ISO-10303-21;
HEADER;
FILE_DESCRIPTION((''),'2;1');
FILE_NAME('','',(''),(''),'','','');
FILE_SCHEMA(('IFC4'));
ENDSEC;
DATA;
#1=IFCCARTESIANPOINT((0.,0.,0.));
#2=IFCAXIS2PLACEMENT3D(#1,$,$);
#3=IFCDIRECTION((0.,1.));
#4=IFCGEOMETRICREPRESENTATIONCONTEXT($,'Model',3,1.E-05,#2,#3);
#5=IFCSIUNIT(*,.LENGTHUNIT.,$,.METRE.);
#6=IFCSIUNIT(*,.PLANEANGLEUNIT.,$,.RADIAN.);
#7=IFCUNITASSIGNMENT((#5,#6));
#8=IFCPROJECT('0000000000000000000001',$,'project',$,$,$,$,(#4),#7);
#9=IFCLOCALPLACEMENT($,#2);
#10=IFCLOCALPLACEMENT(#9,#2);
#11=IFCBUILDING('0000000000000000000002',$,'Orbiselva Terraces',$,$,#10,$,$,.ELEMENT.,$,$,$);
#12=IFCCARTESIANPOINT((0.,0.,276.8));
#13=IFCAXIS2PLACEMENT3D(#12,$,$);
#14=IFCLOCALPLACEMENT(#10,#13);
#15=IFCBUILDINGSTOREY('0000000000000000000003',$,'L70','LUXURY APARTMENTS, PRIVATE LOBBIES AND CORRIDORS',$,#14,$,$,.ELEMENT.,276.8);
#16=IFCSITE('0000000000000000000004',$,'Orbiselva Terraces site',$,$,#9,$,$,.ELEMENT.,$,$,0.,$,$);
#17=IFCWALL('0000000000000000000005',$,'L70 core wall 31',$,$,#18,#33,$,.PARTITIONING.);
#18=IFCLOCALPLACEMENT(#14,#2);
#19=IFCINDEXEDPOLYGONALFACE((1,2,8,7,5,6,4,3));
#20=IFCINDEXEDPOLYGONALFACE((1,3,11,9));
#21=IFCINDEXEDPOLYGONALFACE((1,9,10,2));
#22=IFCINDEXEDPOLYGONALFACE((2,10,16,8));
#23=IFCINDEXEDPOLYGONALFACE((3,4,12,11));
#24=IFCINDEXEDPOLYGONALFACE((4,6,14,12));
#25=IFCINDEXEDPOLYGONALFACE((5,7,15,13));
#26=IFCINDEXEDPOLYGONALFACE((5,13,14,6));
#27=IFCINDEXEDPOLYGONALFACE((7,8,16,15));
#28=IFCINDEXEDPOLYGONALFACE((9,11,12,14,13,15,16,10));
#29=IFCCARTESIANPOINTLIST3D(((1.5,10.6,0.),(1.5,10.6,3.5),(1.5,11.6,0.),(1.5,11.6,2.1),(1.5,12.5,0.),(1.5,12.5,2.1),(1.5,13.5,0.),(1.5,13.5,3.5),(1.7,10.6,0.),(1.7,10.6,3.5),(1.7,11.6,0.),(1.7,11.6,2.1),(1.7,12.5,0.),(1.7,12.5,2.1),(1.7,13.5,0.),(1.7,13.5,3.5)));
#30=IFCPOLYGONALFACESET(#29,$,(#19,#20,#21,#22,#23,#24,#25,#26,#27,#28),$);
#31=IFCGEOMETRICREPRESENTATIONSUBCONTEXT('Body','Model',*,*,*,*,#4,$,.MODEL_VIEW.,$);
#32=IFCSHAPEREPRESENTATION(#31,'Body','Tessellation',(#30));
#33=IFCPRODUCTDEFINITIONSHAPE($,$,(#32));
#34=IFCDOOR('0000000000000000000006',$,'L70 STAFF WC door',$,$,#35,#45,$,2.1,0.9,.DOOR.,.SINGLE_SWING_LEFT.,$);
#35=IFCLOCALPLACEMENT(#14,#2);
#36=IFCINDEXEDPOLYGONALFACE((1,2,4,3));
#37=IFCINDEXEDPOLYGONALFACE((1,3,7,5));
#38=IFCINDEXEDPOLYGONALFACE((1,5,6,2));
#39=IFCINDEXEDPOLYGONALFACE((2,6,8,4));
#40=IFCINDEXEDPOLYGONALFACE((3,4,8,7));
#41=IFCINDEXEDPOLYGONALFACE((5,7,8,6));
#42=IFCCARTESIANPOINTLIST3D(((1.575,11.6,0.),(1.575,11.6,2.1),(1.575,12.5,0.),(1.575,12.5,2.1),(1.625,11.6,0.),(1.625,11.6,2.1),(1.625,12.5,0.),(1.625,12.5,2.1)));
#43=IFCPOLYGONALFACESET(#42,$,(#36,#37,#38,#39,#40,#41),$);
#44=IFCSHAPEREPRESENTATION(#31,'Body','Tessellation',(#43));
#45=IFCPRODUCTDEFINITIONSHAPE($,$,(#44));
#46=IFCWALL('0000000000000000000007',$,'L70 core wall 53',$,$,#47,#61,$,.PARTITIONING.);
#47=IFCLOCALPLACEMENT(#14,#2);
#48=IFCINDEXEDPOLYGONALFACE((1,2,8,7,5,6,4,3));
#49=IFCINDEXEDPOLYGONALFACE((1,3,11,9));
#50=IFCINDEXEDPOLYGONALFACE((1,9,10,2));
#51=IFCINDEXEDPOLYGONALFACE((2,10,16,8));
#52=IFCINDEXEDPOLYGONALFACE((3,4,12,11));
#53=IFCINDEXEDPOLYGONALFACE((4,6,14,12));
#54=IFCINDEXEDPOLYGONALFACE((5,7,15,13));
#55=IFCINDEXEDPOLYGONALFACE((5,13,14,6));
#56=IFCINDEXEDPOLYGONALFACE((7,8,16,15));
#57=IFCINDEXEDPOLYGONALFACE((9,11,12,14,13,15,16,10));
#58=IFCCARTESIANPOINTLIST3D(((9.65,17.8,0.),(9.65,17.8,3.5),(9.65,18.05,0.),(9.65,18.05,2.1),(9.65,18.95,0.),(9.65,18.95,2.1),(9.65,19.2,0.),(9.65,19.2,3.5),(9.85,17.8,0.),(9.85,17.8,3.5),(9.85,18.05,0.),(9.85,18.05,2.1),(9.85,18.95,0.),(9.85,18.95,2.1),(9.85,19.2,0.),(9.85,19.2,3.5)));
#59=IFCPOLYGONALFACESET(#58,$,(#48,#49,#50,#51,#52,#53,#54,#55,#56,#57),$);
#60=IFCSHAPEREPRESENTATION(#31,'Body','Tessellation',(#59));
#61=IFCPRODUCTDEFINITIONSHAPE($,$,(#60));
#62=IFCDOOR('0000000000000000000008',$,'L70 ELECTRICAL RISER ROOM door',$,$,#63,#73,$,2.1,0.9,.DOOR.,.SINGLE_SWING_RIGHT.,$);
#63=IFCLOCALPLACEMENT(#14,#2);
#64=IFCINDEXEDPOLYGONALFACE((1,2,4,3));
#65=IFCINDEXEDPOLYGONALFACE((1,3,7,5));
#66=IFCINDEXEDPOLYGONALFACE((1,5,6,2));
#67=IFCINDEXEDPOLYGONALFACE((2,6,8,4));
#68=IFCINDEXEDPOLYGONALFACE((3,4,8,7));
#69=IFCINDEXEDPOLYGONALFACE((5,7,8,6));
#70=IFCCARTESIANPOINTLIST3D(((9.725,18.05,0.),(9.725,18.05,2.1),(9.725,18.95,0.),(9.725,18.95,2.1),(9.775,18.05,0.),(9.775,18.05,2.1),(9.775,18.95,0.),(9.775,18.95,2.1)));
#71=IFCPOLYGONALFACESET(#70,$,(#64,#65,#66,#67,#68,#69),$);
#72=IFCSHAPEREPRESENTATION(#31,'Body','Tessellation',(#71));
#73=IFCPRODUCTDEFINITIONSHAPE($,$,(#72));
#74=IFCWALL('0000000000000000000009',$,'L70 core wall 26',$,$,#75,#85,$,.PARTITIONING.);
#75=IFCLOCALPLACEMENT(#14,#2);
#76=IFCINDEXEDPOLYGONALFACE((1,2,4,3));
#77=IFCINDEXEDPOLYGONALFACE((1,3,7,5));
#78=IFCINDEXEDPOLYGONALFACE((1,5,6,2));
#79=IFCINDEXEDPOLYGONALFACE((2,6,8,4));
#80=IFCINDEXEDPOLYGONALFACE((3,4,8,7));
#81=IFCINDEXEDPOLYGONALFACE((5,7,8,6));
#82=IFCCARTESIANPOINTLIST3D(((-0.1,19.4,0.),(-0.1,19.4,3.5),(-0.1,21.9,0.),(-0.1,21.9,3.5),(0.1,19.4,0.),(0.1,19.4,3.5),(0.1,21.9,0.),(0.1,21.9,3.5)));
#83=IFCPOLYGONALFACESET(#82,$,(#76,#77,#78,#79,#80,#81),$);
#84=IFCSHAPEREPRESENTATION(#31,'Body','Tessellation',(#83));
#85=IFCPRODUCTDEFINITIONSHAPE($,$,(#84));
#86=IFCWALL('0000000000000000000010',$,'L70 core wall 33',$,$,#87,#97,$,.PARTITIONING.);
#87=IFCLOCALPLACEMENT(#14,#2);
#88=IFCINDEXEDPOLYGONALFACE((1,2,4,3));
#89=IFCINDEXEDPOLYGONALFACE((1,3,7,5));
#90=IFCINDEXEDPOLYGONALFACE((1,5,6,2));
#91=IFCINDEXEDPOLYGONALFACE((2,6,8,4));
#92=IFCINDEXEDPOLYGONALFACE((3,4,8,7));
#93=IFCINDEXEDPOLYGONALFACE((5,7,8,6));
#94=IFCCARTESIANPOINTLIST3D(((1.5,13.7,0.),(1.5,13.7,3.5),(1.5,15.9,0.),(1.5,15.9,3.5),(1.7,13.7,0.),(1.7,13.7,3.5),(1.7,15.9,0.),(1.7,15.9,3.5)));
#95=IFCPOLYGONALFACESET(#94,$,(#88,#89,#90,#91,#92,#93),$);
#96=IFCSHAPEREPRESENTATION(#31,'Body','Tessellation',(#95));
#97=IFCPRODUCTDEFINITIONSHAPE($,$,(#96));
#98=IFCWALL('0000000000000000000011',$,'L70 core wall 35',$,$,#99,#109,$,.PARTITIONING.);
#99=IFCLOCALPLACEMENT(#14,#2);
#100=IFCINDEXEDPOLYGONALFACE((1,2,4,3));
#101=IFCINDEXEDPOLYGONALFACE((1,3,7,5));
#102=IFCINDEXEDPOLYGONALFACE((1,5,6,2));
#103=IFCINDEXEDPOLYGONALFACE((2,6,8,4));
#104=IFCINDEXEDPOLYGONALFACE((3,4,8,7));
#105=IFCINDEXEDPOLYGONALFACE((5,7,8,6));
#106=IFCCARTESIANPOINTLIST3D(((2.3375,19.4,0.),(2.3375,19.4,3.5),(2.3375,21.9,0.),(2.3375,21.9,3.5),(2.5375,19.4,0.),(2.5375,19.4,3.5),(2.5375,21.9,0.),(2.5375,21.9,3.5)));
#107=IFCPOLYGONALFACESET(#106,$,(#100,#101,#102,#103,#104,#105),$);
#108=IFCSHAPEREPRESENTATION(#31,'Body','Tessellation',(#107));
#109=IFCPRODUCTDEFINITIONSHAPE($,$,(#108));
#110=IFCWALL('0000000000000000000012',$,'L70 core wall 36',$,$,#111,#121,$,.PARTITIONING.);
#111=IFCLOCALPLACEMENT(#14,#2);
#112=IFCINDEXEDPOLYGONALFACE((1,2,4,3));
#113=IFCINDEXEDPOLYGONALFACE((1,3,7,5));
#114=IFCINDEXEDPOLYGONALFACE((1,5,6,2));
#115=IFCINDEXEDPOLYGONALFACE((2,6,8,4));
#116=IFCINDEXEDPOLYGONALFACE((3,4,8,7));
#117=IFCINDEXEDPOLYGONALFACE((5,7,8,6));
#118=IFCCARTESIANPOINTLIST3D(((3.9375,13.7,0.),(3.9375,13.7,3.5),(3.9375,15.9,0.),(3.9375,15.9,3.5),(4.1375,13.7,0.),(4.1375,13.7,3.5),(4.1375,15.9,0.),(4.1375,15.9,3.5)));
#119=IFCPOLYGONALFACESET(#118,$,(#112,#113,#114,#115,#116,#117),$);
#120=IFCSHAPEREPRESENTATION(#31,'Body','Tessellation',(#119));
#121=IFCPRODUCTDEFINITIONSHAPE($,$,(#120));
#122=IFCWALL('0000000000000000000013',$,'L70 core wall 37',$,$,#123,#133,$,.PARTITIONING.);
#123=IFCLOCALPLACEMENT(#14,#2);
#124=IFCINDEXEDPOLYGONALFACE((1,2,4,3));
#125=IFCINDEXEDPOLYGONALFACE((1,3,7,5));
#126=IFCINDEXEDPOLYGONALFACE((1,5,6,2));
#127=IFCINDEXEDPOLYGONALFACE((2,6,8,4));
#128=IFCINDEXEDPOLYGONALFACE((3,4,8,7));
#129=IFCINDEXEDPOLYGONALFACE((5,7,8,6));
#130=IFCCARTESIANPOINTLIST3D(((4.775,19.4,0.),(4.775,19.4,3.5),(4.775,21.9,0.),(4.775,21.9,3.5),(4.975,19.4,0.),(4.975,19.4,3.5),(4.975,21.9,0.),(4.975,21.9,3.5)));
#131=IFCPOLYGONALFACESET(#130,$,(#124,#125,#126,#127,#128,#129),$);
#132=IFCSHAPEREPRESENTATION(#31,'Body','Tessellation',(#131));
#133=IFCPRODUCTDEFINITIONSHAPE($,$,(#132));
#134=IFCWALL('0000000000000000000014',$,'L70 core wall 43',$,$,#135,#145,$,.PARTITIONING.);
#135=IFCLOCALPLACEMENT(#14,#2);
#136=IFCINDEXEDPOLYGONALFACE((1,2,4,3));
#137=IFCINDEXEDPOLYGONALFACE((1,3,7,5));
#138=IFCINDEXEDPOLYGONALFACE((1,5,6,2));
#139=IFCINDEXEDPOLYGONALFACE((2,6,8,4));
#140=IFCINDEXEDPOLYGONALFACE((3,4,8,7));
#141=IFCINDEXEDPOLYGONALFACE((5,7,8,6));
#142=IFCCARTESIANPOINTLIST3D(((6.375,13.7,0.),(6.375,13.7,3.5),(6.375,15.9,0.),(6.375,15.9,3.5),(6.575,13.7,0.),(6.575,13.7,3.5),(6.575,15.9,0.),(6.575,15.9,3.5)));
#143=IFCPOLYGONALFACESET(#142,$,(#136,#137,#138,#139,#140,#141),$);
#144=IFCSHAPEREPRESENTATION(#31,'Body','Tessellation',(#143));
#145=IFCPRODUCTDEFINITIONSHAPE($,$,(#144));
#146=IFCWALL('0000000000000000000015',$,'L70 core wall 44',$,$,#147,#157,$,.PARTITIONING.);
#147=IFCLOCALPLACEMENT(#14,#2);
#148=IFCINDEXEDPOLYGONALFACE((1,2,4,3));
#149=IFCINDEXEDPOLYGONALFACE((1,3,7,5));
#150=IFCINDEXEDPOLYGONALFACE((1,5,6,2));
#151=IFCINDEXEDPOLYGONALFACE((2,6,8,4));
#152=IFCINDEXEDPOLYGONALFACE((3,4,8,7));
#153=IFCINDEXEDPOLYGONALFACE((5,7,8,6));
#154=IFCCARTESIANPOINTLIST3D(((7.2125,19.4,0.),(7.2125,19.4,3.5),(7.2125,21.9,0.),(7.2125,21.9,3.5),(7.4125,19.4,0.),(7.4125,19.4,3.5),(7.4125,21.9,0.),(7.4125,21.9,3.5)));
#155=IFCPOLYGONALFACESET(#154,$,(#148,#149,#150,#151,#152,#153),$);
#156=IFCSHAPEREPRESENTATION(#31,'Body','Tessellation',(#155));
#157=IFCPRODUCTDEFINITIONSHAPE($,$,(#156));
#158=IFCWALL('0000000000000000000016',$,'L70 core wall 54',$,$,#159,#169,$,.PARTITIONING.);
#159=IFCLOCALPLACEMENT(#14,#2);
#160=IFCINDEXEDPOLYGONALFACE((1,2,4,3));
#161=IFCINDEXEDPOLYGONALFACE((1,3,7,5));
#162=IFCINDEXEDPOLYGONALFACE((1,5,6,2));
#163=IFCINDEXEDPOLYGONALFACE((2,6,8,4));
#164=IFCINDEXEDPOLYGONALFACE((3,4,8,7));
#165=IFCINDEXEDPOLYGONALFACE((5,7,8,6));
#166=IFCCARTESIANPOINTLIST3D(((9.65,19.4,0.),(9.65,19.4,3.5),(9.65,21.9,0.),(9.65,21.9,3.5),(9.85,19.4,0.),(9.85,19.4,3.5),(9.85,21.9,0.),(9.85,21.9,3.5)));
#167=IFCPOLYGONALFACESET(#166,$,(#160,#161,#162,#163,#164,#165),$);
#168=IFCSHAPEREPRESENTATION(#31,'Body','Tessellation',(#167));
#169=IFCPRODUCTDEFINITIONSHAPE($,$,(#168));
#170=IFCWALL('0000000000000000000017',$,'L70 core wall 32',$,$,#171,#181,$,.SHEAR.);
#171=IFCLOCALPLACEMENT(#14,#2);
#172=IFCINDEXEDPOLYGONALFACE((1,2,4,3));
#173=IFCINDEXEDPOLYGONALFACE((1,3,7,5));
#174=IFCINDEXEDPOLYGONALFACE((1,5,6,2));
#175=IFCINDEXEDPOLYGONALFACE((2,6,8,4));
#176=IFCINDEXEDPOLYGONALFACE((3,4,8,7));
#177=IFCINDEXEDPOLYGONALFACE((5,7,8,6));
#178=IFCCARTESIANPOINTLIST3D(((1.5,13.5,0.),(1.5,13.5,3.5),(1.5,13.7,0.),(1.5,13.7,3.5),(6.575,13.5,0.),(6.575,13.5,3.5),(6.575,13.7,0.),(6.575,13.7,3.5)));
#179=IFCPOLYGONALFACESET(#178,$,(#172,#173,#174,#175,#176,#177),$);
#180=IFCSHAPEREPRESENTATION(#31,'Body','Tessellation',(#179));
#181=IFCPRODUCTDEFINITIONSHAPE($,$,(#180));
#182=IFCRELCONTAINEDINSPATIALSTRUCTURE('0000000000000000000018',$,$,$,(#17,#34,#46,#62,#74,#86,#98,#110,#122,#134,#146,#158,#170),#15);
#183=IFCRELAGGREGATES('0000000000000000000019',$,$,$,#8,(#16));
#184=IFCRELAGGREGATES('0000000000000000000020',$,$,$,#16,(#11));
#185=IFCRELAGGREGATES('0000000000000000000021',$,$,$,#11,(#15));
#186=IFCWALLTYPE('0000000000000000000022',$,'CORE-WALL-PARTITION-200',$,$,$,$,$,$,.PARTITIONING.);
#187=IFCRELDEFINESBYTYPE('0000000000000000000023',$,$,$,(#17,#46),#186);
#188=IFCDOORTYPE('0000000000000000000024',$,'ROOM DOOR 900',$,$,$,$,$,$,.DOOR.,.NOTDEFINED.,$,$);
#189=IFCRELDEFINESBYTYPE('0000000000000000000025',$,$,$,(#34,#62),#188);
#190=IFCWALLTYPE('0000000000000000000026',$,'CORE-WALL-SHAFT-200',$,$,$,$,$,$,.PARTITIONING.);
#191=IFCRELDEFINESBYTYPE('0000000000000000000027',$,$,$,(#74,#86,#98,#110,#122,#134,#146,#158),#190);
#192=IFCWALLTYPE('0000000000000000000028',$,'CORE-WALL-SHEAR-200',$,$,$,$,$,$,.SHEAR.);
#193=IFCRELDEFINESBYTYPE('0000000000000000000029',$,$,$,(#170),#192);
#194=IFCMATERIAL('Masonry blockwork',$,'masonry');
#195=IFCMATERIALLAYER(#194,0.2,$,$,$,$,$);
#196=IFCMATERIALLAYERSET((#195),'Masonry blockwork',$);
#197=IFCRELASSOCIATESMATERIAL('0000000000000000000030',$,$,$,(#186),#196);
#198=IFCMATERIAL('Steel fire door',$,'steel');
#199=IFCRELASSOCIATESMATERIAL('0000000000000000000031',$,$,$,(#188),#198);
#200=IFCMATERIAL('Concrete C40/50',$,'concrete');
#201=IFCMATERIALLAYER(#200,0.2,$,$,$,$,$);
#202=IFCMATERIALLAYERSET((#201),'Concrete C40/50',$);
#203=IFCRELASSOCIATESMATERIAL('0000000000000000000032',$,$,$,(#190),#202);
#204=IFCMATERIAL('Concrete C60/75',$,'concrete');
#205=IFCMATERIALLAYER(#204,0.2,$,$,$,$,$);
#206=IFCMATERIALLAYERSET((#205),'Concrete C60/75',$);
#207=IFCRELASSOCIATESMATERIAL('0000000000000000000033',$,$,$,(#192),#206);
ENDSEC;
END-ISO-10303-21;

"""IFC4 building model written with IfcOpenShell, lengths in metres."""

from ifc_helpers import new_model, si_unit, direction, frame, frame_2d, origin, place, context, subcontext, project, spatial, rectangle, extrude, material, layer, layer_set, type_object, element, fill, save


model = new_model("IFC4")

# Units and contexts
model_context = context("Model", 3, precision=1e-05, world=origin(), true_north=direction((0.0, 1.0)))
body_context = subcontext(model_context, "Body", "Model", "MODEL_VIEW")
ifc_project = project(units=[si_unit("LENGTHUNIT", "METRE"), si_unit("PLANEANGLEUNIT", "RADIAN")], contexts=[model_context])

# Site, building, storey
site_placement = place(None, origin())
site = spatial("IfcSite", under=ifc_project, at=site_placement, Name="Orbiselva Terraces site", CompositionType="ELEMENT", RefElevation=0.0)
building_placement = place(site_placement, origin())
building = spatial("IfcBuilding", under=site, at=building_placement, Name="Orbiselva Terraces", CompositionType="ELEMENT")
storey_placement = place(building_placement, frame((0.0, 0.0, 276.8)))
storey = spatial("IfcBuildingStorey", under=building, at=storey_placement, Name="L70", Description="LUXURY APARTMENTS, PRIVATE LOBBIES AND CORRIDORS", CompositionType="ELEMENT", Elevation=276.8)

# Walls, openings, doors
ifc_material_1 = material(Name="Masonry blockwork", Category="masonry")
ifc_layer_1 = layer(ifc_material_1, 0.2)
ifc_layer_set_1 = layer_set([ifc_layer_1], Name="Masonry blockwork")
wall_type_1 = type_object("IfcWallType", Name="CORE-WALL-PARTITION-200", PredefinedType="PARTITIONING", material=ifc_layer_set_1)
wall_1_placement = place(storey_placement, frame((1.6, 13.5, 0.0), z_axis=(0.0, 0.0, 1.0), x_axis=(0.0, -1.0, 0.0)))
wall_1 = element("IfcWall", 1, at=wall_1_placement, inside=storey, type_object=wall_type_1, Name="L70 core wall 31", PredefinedType="PARTITIONING", context=body_context, shape_type="SweptSolid", body=[
    extrude(rectangle(XDim=2.9, YDim=0.2, at=frame_2d((1.45, 0.0))), origin(), (0.0, 0.0, 1.0), 3.5),
])
opening_1_placement = place(wall_1_placement, frame((1.0, 0.0, 0.0)))
opening_1 = element("IfcOpeningElement", 2, at=opening_1_placement, cuts=wall_1, PredefinedType="OPENING", context=body_context, shape_type="SweptSolid", body=[
    extrude(rectangle(XDim=0.9, YDim=2.1, at=frame_2d((0.45, 1.05))), frame((0.0, 0.11, 0.0), z_axis=(0.0, -1.0, 0.0), x_axis=(1.0, 0.0, 0.0)), (0.0, 0.0, 1.0), 0.22),
])
ifc_material_2 = material(Name="Steel fire door", Category="steel")
door_type_1 = type_object("IfcDoorType", Name="ROOM DOOR 900", OperationType="NOTDEFINED", PredefinedType="DOOR", material=ifc_material_2)
door_1_placement = place(opening_1_placement, origin())
door_1 = element("IfcDoor", 3, at=door_1_placement, inside=storey, type_object=door_type_1, Name="L70 STAFF WC door", OperationType="SINGLE_SWING_LEFT", OverallHeight=2.1, OverallWidth=0.9, PredefinedType="DOOR", context=body_context, shape_type="SweptSolid", body=[
    extrude(rectangle(XDim=0.9, YDim=2.1, at=frame_2d((0.45, 1.05))), frame((0.0, 0.025, 0.0), z_axis=(0.0, -1.0, 0.0), x_axis=(1.0, 0.0, 0.0)), (0.0, 0.0, 1.0), 0.05),
])
fill(opening_1, door_1)
wall_2_placement = place(storey_placement, frame((9.75, 19.2, 0.0), z_axis=(0.0, 0.0, 1.0), x_axis=(0.0, -1.0, 0.0)))
wall_2 = element("IfcWall", 4, at=wall_2_placement, inside=storey, type_object=wall_type_1, Name="L70 core wall 53", PredefinedType="PARTITIONING", context=body_context, shape_type="SweptSolid", body=[
    extrude(rectangle(XDim=1.4, YDim=0.2, at=frame_2d((0.7, 0.0))), origin(), (0.0, 0.0, 1.0), 3.5),
])
opening_2_placement = place(wall_2_placement, frame((0.25, 0.0, 0.0)))
opening_2 = element("IfcOpeningElement", 5, at=opening_2_placement, cuts=wall_2, PredefinedType="OPENING", context=body_context, shape_type="SweptSolid", body=[
    extrude(rectangle(XDim=0.9, YDim=2.1, at=frame_2d((0.45, 1.05))), frame((0.0, 0.11, 0.0), z_axis=(0.0, -1.0, 0.0), x_axis=(1.0, 0.0, 0.0)), (0.0, 0.0, 1.0), 0.22),
])
door_2_placement = place(opening_2_placement, origin())
door_2 = element("IfcDoor", 6, at=door_2_placement, inside=storey, type_object=door_type_1, Name="L70 ELECTRICAL RISER ROOM door", OperationType="SINGLE_SWING_RIGHT", OverallHeight=2.1, OverallWidth=0.9, PredefinedType="DOOR", context=body_context, shape_type="SweptSolid", body=[
    extrude(rectangle(XDim=0.9, YDim=2.1, at=frame_2d((0.45, 1.05))), frame((0.0, 0.025, 0.0), z_axis=(0.0, -1.0, 0.0), x_axis=(1.0, 0.0, 0.0)), (0.0, 0.0, 1.0), 0.05),
])
fill(opening_2, door_2)

# Walls
ifc_material_3 = material(Name="Concrete C40/50", Category="concrete")
ifc_layer_2 = layer(ifc_material_3, 0.2)
ifc_layer_set_2 = layer_set([ifc_layer_2], Name="Concrete C40/50")
wall_type_2 = type_object("IfcWallType", Name="CORE-WALL-SHAFT-200", PredefinedType="PARTITIONING", material=ifc_layer_set_2)
wall_3_placement = place(storey_placement, frame((0.0, 19.4, 0.0), z_axis=(0.0, 0.0, 1.0), x_axis=(0.0, 1.0, 0.0)))
element("IfcWall", 7, at=wall_3_placement, inside=storey, type_object=wall_type_2, Name="L70 core wall 26", PredefinedType="PARTITIONING", context=body_context, shape_type="SweptSolid", body=[
    extrude(rectangle(XDim=2.5, YDim=0.2, at=frame_2d((1.25, 0.0))), origin(), (0.0, 0.0, 1.0), 3.5),
])
wall_4_placement = place(storey_placement, frame((1.6, 13.7, 0.0), z_axis=(0.0, 0.0, 1.0), x_axis=(0.0, 1.0, 0.0)))
element("IfcWall", 8, at=wall_4_placement, inside=storey, type_object=wall_type_2, Name="L70 core wall 33", PredefinedType="PARTITIONING", context=body_context, shape_type="SweptSolid", body=[
    extrude(rectangle(XDim=2.2, YDim=0.2, at=frame_2d((1.1, 0.0))), origin(), (0.0, 0.0, 1.0), 3.5),
])
wall_5_placement = place(storey_placement, frame((2.4375, 19.4, 0.0), z_axis=(0.0, 0.0, 1.0), x_axis=(0.0, 1.0, 0.0)))
element("IfcWall", 9, at=wall_5_placement, inside=storey, type_object=wall_type_2, Name="L70 core wall 35", PredefinedType="PARTITIONING", context=body_context, shape_type="SweptSolid", body=[
    extrude(rectangle(XDim=2.5, YDim=0.2, at=frame_2d((1.25, 0.0))), origin(), (0.0, 0.0, 1.0), 3.5),
])
wall_6_placement = place(storey_placement, frame((4.0375, 13.7, 0.0), z_axis=(0.0, 0.0, 1.0), x_axis=(0.0, 1.0, 0.0)))
element("IfcWall", 10, at=wall_6_placement, inside=storey, type_object=wall_type_2, Name="L70 core wall 36", PredefinedType="PARTITIONING", context=body_context, shape_type="SweptSolid", body=[
    extrude(rectangle(XDim=2.2, YDim=0.2, at=frame_2d((1.1, 0.0))), origin(), (0.0, 0.0, 1.0), 3.5),
])
wall_7_placement = place(storey_placement, frame((4.875, 19.4, 0.0), z_axis=(0.0, 0.0, 1.0), x_axis=(0.0, 1.0, 0.0)))
element("IfcWall", 11, at=wall_7_placement, inside=storey, type_object=wall_type_2, Name="L70 core wall 37", PredefinedType="PARTITIONING", context=body_context, shape_type="SweptSolid", body=[
    extrude(rectangle(XDim=2.5, YDim=0.2, at=frame_2d((1.25, 0.0))), origin(), (0.0, 0.0, 1.0), 3.5),
])
wall_8_placement = place(storey_placement, frame((6.475, 13.7, 0.0), z_axis=(0.0, 0.0, 1.0), x_axis=(0.0, 1.0, 0.0)))
element("IfcWall", 12, at=wall_8_placement, inside=storey, type_object=wall_type_2, Name="L70 core wall 43", PredefinedType="PARTITIONING", context=body_context, shape_type="SweptSolid", body=[
    extrude(rectangle(XDim=2.2, YDim=0.2, at=frame_2d((1.1, 0.0))), origin(), (0.0, 0.0, 1.0), 3.5),
])
for number, where, z_axis, x_axis, name in (
    (13, (7.3125, 19.4, 0.0), (0.0, 0.0, 1.0), (0.0, 1.0, 0.0), "L70 core wall 44"),
    (14, (9.75, 19.4, 0.0), (0.0, 0.0, 1.0), (0.0, 1.0, 0.0), "L70 core wall 54"),
):
    element("IfcWall", number, at=place(storey_placement, frame(where, z_axis=z_axis, x_axis=x_axis)), inside=storey, type_object=wall_type_2, Name=name, PredefinedType="PARTITIONING", context=body_context, shape_type="SweptSolid", body=[
        extrude(rectangle(XDim=2.5, YDim=0.2, at=frame_2d((1.25, 0.0))), origin(), (0.0, 0.0, 1.0), 3.5),
    ])
ifc_material_4 = material(Name="Concrete C60/75", Category="concrete")
ifc_layer_3 = layer(ifc_material_4, 0.2)
ifc_layer_set_3 = layer_set([ifc_layer_3], Name="Concrete C60/75")
wall_type_3 = type_object("IfcWallType", Name="CORE-WALL-SHEAR-200", PredefinedType="SHEAR", material=ifc_layer_set_3)
wall_9_placement = place(storey_placement, frame((1.5, 13.6, 0.0), z_axis=(0.0, 0.0, 1.0), x_axis=(1.0, 0.0, 0.0)))
element("IfcWall", 15, at=wall_9_placement, inside=storey, type_object=wall_type_3, Name="L70 core wall 32", PredefinedType="SHEAR", context=body_context, shape_type="SweptSolid", body=[
    extrude(rectangle(XDim=5.075, YDim=0.2, at=frame_2d((2.5375, 0.0))), origin(), (0.0, 0.0, 1.0), 3.5),
])

save(model, "model.ifc")
